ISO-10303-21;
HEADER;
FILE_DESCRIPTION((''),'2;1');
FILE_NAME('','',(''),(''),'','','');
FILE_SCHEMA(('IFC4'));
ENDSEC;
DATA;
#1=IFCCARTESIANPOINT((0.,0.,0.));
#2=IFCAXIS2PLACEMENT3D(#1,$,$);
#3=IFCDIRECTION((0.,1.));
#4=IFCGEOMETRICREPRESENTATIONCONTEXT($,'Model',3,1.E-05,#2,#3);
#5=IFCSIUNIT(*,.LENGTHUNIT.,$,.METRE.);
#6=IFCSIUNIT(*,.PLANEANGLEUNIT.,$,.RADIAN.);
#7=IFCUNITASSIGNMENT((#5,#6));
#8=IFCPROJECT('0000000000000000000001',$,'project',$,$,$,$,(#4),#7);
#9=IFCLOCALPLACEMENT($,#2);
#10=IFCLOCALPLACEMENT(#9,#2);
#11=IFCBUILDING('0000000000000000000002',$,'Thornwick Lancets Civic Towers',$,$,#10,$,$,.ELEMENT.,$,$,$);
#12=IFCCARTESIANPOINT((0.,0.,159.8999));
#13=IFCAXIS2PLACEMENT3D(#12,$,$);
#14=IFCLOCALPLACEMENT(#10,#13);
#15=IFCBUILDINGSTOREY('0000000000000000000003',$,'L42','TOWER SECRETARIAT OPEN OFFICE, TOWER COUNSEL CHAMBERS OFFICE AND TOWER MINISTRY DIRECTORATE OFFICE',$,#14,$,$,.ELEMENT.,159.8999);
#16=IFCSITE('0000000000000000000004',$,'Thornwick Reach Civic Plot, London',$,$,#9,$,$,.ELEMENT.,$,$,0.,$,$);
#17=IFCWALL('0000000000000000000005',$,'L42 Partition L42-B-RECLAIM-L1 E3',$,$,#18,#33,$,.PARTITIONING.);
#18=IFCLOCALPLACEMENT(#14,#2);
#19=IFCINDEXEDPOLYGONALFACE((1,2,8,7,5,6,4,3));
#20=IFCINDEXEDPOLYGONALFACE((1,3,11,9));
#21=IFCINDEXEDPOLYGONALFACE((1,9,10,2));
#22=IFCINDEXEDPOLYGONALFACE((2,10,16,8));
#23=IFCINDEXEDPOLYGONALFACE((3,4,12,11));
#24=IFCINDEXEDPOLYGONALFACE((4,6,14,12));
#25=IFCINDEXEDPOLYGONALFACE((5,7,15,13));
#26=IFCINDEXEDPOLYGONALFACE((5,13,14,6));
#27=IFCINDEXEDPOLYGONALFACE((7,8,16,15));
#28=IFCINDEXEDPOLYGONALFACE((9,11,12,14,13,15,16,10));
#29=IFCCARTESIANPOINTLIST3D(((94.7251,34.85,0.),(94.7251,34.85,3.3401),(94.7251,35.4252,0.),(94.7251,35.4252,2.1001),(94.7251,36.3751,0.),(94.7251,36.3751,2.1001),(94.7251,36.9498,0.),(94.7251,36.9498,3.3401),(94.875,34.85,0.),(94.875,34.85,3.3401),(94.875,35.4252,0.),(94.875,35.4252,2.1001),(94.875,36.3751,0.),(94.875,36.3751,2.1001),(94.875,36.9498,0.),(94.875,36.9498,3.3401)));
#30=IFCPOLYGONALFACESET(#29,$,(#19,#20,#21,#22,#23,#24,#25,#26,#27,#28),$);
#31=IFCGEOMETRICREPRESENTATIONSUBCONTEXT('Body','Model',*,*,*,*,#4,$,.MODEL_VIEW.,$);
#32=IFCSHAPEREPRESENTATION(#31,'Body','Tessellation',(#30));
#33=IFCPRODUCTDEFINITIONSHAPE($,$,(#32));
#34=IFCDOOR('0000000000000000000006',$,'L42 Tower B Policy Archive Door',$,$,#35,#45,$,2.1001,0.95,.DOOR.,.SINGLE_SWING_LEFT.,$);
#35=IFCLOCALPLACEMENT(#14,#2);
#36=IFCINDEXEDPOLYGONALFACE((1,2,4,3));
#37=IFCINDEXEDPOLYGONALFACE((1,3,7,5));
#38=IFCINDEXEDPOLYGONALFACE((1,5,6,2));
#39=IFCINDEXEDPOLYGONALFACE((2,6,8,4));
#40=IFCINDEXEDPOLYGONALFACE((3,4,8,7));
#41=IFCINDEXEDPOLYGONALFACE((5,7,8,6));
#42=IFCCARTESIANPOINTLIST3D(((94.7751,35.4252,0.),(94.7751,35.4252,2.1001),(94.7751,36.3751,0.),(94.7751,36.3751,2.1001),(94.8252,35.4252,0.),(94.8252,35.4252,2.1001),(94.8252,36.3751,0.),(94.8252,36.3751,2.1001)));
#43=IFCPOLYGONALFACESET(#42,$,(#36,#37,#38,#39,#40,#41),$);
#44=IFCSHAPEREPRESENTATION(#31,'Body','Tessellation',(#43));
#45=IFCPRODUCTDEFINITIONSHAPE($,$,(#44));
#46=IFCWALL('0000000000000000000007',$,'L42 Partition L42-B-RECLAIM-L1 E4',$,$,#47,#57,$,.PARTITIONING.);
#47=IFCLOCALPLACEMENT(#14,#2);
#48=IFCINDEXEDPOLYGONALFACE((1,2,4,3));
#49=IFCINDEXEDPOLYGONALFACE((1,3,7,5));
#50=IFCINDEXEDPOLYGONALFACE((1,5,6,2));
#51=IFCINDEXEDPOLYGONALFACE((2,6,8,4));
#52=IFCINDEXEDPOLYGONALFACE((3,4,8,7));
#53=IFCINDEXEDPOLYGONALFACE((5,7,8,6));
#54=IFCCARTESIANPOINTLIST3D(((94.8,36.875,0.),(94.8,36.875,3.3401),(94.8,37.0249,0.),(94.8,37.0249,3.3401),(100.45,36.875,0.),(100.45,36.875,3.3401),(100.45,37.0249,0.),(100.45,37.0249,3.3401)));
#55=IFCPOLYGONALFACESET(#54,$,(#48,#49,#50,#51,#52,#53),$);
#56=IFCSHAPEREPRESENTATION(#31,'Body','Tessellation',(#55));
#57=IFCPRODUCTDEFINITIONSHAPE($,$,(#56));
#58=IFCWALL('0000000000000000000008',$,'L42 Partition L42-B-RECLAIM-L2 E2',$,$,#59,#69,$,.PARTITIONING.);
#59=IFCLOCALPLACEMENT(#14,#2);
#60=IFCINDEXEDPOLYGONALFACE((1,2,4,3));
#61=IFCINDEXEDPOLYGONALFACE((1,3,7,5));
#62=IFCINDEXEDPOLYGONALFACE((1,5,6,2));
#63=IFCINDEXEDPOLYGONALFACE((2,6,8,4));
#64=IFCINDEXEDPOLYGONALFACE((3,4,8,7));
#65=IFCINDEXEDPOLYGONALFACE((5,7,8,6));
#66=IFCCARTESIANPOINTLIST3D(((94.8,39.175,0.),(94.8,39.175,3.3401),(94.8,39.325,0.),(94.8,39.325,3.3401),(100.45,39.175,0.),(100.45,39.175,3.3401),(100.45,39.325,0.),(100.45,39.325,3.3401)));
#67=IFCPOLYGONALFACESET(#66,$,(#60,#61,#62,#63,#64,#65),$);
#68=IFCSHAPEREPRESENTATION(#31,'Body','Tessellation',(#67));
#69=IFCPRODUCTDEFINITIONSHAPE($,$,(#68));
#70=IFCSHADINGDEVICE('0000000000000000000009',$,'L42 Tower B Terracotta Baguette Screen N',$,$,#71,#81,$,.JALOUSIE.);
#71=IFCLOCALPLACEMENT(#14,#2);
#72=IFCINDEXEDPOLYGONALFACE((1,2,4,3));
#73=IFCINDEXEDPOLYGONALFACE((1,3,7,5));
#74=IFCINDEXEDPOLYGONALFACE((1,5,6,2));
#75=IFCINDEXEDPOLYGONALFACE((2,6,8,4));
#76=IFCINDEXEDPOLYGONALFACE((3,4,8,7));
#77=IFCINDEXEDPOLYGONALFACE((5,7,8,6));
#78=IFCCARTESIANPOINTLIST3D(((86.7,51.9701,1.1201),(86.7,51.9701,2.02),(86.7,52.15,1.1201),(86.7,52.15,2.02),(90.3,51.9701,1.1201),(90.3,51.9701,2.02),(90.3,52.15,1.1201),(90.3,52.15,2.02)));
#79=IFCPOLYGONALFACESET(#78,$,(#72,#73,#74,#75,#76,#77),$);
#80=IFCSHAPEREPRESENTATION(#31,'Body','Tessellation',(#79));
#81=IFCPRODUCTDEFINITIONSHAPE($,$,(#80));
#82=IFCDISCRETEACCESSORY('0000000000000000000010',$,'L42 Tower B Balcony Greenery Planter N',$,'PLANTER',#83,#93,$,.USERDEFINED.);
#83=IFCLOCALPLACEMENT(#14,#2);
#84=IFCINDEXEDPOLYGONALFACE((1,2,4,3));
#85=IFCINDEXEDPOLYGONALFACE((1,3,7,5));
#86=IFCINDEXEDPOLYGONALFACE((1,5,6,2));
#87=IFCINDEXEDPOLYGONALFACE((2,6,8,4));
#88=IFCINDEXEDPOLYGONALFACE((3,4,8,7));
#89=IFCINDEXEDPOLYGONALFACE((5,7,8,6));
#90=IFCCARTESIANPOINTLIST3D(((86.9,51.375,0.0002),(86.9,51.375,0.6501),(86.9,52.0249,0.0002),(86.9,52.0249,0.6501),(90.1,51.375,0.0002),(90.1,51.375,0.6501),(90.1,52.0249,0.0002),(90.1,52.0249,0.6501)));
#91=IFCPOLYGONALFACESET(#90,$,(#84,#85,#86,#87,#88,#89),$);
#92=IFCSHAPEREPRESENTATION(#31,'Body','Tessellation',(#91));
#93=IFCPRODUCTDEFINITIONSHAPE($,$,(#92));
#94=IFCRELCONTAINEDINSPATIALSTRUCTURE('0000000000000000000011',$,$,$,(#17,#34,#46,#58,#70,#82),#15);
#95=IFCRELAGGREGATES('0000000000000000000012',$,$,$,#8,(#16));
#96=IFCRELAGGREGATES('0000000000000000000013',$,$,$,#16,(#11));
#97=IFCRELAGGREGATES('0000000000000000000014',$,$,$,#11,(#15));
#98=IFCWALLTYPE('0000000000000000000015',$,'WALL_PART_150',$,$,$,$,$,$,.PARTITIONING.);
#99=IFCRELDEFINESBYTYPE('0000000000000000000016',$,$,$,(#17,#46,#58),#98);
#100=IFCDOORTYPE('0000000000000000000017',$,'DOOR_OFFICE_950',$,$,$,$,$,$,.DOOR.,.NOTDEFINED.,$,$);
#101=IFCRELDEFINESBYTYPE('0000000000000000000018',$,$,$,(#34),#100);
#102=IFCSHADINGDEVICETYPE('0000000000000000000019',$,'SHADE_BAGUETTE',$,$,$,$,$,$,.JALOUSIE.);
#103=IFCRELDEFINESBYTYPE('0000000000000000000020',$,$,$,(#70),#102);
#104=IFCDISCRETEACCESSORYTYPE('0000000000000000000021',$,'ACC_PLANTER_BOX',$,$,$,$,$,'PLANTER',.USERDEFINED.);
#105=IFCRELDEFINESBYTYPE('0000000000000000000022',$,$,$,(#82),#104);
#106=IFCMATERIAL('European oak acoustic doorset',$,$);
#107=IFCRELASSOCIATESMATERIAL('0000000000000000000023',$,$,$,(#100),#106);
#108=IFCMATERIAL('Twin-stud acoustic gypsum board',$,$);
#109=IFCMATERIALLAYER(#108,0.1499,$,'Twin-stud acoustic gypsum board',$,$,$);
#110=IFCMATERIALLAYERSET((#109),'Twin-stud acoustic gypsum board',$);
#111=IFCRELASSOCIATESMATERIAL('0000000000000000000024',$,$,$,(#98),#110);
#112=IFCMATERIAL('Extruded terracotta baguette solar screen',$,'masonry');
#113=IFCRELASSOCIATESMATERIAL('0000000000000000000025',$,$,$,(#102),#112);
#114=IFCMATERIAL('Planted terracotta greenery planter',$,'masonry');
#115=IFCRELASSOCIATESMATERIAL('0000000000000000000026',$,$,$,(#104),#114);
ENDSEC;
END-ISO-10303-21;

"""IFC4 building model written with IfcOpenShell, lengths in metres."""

from ifc_helpers import new_model, si_unit, direction, frame, frame_2d, origin, origin_2d, place, context, subcontext, project, spatial, rectangle, extrude, material, layer, layer_set, type_object, element, fill, save


model = new_model("IFC4")

# Units and contexts
model_context = context("Model", 3, precision=1e-05, world=origin(), true_north=direction((0.0, 1.0)))
body_context = subcontext(model_context, "Body", "Model", "MODEL_VIEW")
ifc_project = project(units=[si_unit("LENGTHUNIT", "METRE"), si_unit("PLANEANGLEUNIT", "RADIAN")], contexts=[model_context])

# Site, building, storey
site_placement = place(None, origin())
site = spatial("IfcSite", under=ifc_project, at=site_placement, Name="Thornwick Reach Civic Plot, London", CompositionType="ELEMENT", RefElevation=0.0)
building_placement = place(site_placement, origin())
building = spatial("IfcBuilding", under=site, at=building_placement, Name="Thornwick Lancets Civic Towers", CompositionType="ELEMENT")
storey_placement = place(building_placement, frame((0.0, 0.0, 159.8999)))
storey = spatial("IfcBuildingStorey", under=building, at=storey_placement, Name="L42", Description="TOWER SECRETARIAT OPEN OFFICE, TOWER COUNSEL CHAMBERS OFFICE AND TOWER MINISTRY DIRECTORATE OFFICE", CompositionType="ELEMENT", Elevation=159.8999)

# Wall, opening, door
ifc_material_1 = material(Name="European oak acoustic doorset")
door_type_1 = type_object("IfcDoorType", Name="DOOR_OFFICE_950", OperationType="NOTDEFINED", PredefinedType="DOOR", material=ifc_material_1)
ifc_material_2 = material(Name="Twin-stud acoustic gypsum board")
ifc_layer_1 = layer(ifc_material_2, 0.1499, Name="Twin-stud acoustic gypsum board")
ifc_layer_set_1 = layer_set([ifc_layer_1], Name="Twin-stud acoustic gypsum board")
wall_type_1 = type_object("IfcWallType", Name="WALL_PART_150", PredefinedType="PARTITIONING", material=ifc_layer_set_1)
wall_1_placement = place(storey_placement, frame((94.8, 34.8501, 0.0), z_axis=(0.0, 0.0, 1.0), x_axis=(0.0, 1.0, 0.0)))
wall_1 = element("IfcWall", 1, at=wall_1_placement, inside=storey, type_object=wall_type_1, Name="L42 Partition L42-B-RECLAIM-L1 E3", PredefinedType="PARTITIONING", context=body_context, shape_type="SweptSolid", body=[
    extrude(rectangle(XDim=2.0999, YDim=0.1499, at=frame_2d((1.0498, 0.0))), origin(), (0.0, 0.0, 1.0), 3.3401),
])
opening_1_placement = place(wall_1_placement, frame((0.575, 0.0, 0.0)))
opening_1 = element("IfcOpeningElement", 2, at=opening_1_placement, cuts=wall_1, PredefinedType="OPENING", context=body_context, shape_type="SweptSolid", body=[
    extrude(rectangle(XDim=0.95, YDim=2.1001, at=frame_2d((0.4751, 1.05))), frame((0.0, 0.085, 0.0), z_axis=(0.0, -1.0, 0.0), x_axis=(1.0, 0.0, 0.0)), (0.0, 0.0, 1.0), 0.1699),
])
door_1_placement = place(opening_1_placement, origin())
door_1 = element("IfcDoor", 3, at=door_1_placement, inside=storey, type_object=door_type_1, Name="L42 Tower B Policy Archive Door", OperationType="SINGLE_SWING_LEFT", OverallHeight=2.1001, OverallWidth=0.95, PredefinedType="DOOR", context=body_context, shape_type="SweptSolid", body=[
    extrude(rectangle(XDim=0.95, YDim=2.1001, at=frame_2d((0.4751, 1.05))), frame((0.0, 0.0249, 0.0), z_axis=(0.0, -1.0, 0.0), x_axis=(1.0, 0.0, 0.0)), (0.0, 0.0, 1.0), 0.05),
])
fill(opening_1, door_1)

# Wall
wall_2_placement = place(storey_placement, frame((94.8, 36.95, 0.0), z_axis=(0.0, 0.0, 1.0), x_axis=(1.0, 0.0, 0.0)))
element("IfcWall", 4, at=wall_2_placement, inside=storey, type_object=wall_type_1, Name="L42 Partition L42-B-RECLAIM-L1 E4", PredefinedType="PARTITIONING", context=body_context, shape_type="SweptSolid", body=[
    extrude(rectangle(XDim=5.6499, YDim=0.1499, at=frame_2d((2.825, 0.0))), origin(), (0.0, 0.0, 1.0), 3.3401),
])

# Wall
wall_3_placement = place(storey_placement, frame((94.8, 39.25, 0.0), z_axis=(0.0, 0.0, 1.0), x_axis=(1.0, 0.0, 0.0)))
element("IfcWall", 5, at=wall_3_placement, inside=storey, type_object=wall_type_1, Name="L42 Partition L42-B-RECLAIM-L2 E2", PredefinedType="PARTITIONING", context=body_context, shape_type="SweptSolid", body=[
    extrude(rectangle(XDim=5.6499, YDim=0.1499, at=frame_2d((2.825, 0.0))), origin(), (0.0, 0.0, 1.0), 3.3401),
])

# Shading device
ifc_material_3 = material(Name="Extruded terracotta baguette solar screen", Category="masonry")
shading_device_type = type_object("IfcShadingDeviceType", Name="SHADE_BAGUETTE", PredefinedType="JALOUSIE", material=ifc_material_3)
shading_device_placement = place(storey_placement, frame((88.5, 52.0601, 1.1201), z_axis=(0.0, 0.0, 1.0), x_axis=(1.0, 0.0, 0.0)))
element("IfcShadingDevice", 6, at=shading_device_placement, inside=storey, type_object=shading_device_type, Name="L42 Tower B Terracotta Baguette Screen N", PredefinedType="JALOUSIE", context=body_context, shape_type="SweptSolid", body=[
    extrude(rectangle(XDim=3.6001, YDim=0.1799, at=origin_2d()), origin(), (0.0, 0.0, 1.0), 0.8999),
])

# Discrete accessory
ifc_material_4 = material(Name="Planted terracotta greenery planter", Category="masonry")
discrete_accessory_type = type_object("IfcDiscreteAccessoryType", Name="ACC_PLANTER_BOX", ElementType="PLANTER", PredefinedType="USERDEFINED", material=ifc_material_4)
discrete_accessory_placement = place(storey_placement, frame((88.5, 51.7, 0.0002), z_axis=(0.0, 0.0, 1.0), x_axis=(1.0, 0.0, 0.0)))
element("IfcDiscreteAccessory", 7, at=discrete_accessory_placement, inside=storey, type_object=discrete_accessory_type, Name="L42 Tower B Balcony Greenery Planter N", ObjectType="PLANTER", PredefinedType="USERDEFINED", context=body_context, shape_type="SweptSolid", body=[
    extrude(rectangle(XDim=3.2, YDim=0.6499, at=origin_2d()), origin(), (0.0, 0.0, 1.0), 0.6499),
])

save(model, "model.ifc")
